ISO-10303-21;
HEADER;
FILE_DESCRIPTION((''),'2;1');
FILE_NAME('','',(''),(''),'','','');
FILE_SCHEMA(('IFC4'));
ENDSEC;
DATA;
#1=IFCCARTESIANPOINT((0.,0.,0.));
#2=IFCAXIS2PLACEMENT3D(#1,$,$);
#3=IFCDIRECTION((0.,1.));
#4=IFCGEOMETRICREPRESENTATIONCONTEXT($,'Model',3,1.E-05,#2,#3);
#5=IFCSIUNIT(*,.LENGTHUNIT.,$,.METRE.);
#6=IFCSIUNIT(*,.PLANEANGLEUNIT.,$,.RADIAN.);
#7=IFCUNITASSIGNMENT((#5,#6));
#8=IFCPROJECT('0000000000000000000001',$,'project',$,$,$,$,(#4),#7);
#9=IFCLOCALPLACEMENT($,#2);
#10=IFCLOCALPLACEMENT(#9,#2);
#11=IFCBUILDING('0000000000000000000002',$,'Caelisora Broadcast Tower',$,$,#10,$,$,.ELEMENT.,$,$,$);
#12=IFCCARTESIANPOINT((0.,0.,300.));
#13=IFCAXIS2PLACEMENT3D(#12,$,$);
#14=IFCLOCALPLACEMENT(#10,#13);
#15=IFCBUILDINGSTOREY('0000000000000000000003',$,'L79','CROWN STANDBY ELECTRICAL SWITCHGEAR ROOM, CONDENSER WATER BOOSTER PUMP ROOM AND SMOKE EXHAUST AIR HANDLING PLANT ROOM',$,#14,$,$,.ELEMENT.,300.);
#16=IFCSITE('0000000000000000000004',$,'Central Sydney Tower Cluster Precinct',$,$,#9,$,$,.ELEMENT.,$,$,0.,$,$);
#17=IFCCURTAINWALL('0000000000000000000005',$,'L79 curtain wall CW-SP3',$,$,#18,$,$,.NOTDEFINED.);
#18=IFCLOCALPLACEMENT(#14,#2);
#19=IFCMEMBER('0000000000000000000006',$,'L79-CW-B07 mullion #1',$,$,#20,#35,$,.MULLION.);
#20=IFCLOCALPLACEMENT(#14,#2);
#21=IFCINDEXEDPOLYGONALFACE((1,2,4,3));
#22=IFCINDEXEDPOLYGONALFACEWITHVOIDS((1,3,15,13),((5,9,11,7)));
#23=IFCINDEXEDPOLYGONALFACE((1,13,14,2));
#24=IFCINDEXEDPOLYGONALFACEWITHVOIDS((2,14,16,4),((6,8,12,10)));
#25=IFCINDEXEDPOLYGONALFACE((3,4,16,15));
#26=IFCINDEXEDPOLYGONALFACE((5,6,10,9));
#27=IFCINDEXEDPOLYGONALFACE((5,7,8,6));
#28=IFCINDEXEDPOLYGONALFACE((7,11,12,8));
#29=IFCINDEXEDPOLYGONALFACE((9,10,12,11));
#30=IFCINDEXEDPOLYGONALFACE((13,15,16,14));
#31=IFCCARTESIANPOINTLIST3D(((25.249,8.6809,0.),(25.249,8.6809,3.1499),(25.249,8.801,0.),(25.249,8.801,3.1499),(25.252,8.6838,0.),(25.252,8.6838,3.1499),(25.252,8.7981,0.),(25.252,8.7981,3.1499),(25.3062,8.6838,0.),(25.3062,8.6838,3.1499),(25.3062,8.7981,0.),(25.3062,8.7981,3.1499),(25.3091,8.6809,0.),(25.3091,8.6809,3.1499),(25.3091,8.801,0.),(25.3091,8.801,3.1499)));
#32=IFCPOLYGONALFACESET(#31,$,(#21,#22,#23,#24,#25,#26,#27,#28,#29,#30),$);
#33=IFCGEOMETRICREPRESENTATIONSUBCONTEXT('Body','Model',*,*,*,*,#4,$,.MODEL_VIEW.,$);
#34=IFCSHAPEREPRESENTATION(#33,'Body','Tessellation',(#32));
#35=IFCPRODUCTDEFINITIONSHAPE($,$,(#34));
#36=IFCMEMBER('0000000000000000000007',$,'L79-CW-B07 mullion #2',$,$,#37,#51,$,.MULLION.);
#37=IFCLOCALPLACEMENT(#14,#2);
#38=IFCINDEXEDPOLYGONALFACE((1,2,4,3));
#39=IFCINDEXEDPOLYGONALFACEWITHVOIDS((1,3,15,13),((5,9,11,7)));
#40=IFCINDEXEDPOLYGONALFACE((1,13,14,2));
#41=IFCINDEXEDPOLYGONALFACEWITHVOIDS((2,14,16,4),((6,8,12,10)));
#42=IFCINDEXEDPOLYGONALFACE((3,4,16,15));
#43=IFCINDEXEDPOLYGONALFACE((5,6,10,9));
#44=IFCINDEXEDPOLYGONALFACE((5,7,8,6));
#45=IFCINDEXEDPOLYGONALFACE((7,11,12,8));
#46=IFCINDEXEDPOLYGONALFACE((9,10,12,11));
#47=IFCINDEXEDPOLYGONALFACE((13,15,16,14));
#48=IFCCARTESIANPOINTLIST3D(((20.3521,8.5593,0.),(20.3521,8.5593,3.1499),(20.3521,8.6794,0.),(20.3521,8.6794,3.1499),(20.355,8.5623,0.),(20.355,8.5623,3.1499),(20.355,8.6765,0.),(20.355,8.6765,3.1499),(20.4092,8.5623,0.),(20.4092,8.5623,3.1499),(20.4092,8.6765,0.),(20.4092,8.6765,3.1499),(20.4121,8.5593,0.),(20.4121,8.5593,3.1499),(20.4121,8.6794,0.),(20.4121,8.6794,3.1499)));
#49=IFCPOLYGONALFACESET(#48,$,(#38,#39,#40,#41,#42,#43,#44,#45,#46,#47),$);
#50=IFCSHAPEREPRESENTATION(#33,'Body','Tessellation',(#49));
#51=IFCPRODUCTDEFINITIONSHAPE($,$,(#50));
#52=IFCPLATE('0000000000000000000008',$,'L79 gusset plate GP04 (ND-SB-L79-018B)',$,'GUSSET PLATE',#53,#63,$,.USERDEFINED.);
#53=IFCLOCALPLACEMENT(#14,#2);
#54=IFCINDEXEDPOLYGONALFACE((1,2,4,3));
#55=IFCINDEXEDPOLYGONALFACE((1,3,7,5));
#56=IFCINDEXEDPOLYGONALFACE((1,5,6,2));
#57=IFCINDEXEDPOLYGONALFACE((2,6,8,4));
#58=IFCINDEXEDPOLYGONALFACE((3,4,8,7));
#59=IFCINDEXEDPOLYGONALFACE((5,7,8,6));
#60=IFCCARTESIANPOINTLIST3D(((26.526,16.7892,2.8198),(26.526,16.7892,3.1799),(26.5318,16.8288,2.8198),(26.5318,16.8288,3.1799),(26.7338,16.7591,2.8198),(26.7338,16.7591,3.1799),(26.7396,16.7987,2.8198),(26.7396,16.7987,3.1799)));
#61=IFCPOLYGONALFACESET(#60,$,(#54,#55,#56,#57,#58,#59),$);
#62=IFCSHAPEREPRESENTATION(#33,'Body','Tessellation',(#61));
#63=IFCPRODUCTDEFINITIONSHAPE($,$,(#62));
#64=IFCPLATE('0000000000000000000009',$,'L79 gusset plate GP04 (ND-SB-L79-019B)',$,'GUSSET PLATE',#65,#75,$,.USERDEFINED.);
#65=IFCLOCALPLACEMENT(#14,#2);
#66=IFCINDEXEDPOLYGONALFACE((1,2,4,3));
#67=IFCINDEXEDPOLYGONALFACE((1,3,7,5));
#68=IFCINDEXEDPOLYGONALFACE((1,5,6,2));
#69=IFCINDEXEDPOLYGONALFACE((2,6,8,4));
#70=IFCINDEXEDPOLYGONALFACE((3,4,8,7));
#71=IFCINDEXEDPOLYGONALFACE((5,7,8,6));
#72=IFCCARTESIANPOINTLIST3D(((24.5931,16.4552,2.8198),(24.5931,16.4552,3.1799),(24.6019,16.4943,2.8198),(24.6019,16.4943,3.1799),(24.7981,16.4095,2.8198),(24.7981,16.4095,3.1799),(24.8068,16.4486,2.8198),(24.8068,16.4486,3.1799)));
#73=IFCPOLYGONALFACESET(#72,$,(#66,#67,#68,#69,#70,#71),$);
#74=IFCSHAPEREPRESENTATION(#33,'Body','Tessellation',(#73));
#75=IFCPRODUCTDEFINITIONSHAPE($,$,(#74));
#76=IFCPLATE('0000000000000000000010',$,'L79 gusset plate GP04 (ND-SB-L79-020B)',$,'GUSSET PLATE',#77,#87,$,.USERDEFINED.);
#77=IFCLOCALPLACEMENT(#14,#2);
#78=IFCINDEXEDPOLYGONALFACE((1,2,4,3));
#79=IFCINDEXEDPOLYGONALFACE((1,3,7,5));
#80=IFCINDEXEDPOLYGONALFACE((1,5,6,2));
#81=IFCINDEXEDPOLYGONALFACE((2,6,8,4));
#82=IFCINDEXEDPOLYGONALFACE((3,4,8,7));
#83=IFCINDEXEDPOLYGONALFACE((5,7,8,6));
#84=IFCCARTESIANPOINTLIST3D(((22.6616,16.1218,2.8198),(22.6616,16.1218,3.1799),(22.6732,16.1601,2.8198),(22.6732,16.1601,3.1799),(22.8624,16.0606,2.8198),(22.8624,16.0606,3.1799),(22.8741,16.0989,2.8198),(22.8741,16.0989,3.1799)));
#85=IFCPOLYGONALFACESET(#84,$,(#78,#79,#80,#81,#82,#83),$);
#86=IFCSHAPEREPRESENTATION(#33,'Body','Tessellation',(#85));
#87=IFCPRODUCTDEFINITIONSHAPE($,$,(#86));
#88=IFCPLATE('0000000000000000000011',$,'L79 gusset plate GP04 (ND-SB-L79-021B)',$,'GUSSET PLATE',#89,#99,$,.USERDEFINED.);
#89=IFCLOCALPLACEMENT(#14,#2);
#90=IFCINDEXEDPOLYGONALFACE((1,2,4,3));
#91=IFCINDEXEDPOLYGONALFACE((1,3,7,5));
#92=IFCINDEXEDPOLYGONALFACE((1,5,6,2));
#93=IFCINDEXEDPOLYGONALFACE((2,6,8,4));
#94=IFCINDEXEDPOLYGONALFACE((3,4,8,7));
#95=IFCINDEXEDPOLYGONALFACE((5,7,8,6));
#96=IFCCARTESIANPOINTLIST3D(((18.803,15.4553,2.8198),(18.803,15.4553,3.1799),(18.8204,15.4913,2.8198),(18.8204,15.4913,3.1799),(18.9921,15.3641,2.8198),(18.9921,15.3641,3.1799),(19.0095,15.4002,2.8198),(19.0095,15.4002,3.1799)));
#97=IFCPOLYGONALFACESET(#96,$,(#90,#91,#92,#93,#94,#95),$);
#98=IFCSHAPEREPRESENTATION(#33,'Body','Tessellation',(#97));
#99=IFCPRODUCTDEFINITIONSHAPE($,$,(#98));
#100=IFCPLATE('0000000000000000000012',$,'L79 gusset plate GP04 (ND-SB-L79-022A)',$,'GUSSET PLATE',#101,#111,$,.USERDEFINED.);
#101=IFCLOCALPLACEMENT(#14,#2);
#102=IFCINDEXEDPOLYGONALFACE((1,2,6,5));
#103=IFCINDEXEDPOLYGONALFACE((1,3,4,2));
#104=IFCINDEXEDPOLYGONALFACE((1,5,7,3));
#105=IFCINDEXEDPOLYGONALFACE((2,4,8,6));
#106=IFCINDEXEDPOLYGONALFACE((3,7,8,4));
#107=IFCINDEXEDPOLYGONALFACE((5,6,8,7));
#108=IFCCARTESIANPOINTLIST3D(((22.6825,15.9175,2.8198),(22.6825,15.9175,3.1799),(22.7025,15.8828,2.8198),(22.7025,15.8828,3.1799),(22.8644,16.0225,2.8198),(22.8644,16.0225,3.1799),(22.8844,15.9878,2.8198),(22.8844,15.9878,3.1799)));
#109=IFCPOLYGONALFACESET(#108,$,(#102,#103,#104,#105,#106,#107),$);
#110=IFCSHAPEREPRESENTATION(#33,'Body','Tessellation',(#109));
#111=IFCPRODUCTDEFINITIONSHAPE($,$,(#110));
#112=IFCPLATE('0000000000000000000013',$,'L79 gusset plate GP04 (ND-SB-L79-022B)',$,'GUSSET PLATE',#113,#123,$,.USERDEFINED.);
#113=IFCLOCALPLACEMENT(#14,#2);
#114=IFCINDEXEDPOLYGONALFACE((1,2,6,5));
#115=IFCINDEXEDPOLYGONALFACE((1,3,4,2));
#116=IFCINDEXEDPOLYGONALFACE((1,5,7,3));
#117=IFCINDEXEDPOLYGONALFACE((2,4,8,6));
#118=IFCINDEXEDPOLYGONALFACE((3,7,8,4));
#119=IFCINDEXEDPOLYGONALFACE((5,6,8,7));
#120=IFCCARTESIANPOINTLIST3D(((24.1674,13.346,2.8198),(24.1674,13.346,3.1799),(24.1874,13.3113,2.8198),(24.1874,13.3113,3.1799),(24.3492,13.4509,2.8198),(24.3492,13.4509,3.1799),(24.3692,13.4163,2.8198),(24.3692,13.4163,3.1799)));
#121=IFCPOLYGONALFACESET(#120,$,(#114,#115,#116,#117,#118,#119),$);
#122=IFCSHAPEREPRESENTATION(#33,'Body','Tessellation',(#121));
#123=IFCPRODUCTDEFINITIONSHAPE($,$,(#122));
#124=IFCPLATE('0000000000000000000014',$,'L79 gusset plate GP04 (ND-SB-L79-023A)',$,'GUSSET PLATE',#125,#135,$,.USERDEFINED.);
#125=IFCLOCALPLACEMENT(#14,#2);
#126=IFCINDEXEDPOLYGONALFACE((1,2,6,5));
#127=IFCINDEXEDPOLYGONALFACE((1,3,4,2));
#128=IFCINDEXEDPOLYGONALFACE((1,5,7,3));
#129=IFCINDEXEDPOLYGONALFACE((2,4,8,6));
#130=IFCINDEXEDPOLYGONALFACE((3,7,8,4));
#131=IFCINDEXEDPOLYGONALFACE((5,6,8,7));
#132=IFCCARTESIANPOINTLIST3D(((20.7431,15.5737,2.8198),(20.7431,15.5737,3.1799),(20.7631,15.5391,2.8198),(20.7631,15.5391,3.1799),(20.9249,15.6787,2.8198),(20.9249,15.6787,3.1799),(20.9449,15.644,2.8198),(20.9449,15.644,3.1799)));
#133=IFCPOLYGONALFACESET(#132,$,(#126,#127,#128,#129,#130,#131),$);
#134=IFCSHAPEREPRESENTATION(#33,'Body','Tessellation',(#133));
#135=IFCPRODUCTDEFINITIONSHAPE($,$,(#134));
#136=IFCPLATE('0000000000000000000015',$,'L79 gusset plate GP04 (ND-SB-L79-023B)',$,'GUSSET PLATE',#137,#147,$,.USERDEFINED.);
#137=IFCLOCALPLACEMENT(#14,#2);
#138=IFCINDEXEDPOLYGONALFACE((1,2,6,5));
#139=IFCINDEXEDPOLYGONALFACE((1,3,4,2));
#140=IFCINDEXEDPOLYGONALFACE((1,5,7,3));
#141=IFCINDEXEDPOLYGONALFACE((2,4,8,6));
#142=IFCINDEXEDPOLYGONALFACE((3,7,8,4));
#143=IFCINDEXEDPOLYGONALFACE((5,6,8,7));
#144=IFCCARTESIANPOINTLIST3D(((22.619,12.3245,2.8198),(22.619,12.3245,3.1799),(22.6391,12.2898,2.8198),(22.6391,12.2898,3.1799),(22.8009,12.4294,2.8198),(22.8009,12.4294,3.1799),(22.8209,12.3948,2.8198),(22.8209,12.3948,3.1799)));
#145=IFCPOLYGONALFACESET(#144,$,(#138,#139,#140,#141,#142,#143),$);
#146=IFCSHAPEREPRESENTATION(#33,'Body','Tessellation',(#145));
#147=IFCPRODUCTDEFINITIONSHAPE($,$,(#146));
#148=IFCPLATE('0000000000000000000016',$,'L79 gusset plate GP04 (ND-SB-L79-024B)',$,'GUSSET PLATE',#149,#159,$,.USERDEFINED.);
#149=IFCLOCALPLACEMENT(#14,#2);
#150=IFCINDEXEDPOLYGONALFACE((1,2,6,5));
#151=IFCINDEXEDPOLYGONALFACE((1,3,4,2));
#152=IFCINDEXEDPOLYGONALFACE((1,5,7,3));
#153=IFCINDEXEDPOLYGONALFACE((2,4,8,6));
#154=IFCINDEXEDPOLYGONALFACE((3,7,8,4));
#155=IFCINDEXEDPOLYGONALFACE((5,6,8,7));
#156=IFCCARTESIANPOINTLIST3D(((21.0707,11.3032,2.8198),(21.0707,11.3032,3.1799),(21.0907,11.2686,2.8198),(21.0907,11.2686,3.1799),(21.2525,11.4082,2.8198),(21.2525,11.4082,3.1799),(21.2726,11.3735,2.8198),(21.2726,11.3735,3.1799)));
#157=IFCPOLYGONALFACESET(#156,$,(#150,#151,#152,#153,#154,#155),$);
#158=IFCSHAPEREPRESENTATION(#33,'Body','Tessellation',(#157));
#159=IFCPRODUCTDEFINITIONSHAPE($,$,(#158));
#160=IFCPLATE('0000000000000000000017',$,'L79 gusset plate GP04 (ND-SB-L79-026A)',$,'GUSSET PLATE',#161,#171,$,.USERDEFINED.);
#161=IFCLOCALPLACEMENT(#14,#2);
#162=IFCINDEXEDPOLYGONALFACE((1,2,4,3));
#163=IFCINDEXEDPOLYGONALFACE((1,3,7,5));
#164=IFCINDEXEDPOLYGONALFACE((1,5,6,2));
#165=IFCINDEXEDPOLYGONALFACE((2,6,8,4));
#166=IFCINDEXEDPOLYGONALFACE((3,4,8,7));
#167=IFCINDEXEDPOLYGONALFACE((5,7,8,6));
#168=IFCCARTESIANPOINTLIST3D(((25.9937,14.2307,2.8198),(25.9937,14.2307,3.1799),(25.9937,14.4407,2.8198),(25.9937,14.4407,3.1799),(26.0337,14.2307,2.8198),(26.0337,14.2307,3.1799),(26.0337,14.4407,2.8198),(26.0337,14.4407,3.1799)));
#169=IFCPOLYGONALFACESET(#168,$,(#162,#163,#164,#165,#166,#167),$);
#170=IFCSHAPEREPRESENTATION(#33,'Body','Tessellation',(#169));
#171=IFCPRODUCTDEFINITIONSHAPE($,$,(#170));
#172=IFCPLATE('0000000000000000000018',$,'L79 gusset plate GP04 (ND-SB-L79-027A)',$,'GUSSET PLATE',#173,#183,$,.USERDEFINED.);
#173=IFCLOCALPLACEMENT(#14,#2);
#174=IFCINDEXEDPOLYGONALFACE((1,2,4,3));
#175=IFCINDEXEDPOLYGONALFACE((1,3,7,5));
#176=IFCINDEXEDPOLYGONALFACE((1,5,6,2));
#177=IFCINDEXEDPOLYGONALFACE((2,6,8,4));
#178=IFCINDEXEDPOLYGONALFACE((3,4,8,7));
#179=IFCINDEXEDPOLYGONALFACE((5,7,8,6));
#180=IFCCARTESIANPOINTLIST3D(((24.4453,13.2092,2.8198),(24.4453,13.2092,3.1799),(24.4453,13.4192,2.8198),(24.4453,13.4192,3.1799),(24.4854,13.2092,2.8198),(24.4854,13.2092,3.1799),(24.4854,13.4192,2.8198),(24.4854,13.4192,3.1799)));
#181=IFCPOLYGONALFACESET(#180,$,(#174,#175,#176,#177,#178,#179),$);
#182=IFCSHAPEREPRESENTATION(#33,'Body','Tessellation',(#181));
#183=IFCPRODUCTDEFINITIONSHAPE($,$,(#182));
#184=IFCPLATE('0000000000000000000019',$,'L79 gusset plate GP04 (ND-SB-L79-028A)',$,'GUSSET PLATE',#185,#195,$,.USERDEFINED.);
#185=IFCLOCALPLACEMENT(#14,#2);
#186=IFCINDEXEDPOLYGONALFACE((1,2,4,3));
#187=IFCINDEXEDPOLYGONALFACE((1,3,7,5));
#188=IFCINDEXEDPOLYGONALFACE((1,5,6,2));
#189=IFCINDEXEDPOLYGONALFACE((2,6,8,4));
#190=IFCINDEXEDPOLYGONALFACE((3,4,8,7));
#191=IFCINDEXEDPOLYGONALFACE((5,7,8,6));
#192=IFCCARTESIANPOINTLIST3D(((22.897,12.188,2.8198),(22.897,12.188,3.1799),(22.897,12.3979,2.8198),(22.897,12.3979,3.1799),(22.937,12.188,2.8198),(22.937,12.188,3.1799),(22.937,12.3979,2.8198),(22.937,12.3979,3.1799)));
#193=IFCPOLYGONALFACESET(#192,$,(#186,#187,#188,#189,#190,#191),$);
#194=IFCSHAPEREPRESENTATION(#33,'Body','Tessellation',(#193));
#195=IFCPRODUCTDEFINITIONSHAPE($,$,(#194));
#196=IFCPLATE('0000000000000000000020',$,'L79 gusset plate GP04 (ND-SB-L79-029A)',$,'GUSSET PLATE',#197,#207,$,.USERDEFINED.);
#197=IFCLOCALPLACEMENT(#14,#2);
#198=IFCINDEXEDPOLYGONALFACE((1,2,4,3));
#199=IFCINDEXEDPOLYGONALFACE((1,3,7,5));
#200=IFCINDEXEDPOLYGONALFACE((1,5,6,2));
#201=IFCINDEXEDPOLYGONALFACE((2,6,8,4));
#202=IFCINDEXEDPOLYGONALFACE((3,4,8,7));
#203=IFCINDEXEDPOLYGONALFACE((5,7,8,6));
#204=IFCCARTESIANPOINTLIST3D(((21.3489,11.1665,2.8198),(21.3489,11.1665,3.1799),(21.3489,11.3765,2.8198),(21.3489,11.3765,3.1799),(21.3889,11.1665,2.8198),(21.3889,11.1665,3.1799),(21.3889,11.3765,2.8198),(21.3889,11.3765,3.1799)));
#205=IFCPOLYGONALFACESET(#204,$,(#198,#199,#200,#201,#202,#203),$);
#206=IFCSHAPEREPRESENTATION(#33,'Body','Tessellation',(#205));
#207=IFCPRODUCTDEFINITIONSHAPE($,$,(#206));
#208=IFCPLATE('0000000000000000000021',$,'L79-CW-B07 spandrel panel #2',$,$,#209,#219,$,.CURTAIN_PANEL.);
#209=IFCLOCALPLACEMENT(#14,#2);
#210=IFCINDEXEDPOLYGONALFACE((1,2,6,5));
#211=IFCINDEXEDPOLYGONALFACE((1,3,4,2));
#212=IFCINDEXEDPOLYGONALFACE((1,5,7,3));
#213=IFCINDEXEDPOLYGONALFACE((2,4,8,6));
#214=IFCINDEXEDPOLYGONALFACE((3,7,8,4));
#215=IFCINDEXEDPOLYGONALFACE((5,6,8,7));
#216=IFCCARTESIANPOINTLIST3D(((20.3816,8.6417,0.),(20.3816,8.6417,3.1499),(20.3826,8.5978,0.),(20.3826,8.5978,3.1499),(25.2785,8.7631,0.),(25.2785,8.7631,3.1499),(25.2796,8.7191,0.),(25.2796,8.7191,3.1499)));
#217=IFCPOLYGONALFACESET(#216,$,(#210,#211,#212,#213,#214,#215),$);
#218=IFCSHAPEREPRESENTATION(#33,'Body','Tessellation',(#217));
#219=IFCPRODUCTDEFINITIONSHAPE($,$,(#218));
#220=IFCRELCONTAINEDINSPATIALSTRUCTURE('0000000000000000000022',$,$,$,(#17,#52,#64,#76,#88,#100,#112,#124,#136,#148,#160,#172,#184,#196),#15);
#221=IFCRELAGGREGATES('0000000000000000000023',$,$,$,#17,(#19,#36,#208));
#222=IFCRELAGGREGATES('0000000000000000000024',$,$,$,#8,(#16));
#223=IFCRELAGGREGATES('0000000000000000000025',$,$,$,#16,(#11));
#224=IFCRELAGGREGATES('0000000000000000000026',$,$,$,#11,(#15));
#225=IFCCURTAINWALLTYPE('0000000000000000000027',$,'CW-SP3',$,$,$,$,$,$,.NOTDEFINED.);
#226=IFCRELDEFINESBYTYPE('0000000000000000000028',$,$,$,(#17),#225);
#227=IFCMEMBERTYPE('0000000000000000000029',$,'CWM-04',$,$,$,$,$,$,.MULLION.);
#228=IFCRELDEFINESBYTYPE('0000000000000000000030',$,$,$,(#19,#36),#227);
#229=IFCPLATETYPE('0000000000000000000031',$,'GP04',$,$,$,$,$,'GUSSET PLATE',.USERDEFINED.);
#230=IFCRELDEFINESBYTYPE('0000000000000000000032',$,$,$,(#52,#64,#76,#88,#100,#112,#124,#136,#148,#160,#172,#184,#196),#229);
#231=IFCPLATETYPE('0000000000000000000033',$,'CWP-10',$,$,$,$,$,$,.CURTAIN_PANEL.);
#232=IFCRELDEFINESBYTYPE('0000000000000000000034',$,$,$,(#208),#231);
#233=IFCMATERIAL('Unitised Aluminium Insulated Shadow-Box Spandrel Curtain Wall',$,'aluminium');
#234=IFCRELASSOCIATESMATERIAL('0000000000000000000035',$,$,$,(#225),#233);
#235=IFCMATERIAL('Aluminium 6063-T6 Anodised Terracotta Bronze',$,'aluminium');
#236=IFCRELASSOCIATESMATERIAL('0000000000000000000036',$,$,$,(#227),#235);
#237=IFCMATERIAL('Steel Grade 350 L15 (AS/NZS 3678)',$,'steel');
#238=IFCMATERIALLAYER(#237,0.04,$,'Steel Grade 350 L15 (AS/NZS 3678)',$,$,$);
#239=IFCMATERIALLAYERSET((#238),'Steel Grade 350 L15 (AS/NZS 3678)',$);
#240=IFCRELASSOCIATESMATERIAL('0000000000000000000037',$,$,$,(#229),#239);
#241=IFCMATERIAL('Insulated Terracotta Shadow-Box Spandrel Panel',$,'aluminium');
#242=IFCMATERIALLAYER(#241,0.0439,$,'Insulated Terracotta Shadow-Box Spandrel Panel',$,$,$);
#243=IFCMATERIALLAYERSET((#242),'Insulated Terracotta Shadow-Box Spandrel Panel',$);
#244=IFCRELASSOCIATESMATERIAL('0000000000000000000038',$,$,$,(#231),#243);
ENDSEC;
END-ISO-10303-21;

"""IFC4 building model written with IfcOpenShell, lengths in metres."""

from ifc_helpers import new_model, si_unit, direction, frame, origin, origin_2d, place, context, subcontext, project, spatial, rectangle, hollow_rectangle, extrude, source, transform, mapped, material, layer, layer_set, material_profile, profile_set, type_object, type_shapes, element, aggregate, save


model = new_model("IFC4")

# Units and contexts
model_context = context("Model", 3, precision=1e-05, world=origin(), true_north=direction((0.0, 1.0)))
body_context = subcontext(model_context, "Body", "Model", "MODEL_VIEW")
ifc_project = project(units=[si_unit("LENGTHUNIT", "METRE"), si_unit("PLANEANGLEUNIT", "RADIAN")], contexts=[model_context])

# Site, building, storey
site_placement = place(None, origin())
site = spatial("IfcSite", under=ifc_project, at=site_placement, Name="Central Sydney Tower Cluster Precinct", CompositionType="ELEMENT", RefElevation=0.0)
building_placement = place(site_placement, origin())
building = spatial("IfcBuilding", under=site, at=building_placement, Name="Caelisora Broadcast Tower", CompositionType="ELEMENT")
storey_placement = place(building_placement, frame((0.0, 0.0, 300.0)))
storey = spatial("IfcBuildingStorey", under=building, at=storey_placement, Name="L79", Description="CROWN STANDBY ELECTRICAL SWITCHGEAR ROOM, CONDENSER WATER BOOSTER PUMP ROOM AND SMOKE EXHAUST AIR HANDLING PLANT ROOM", CompositionType="ELEMENT", Elevation=300.0)

# Curtain wall, members
ifc_material_1 = material(Name="Unitised Aluminium Insulated Shadow-Box Spandrel Curtain Wall", Category="aluminium")
curtain_wall_type = type_object("IfcCurtainWallType", Name="CW-SP3", PredefinedType="NOTDEFINED", material=ifc_material_1)
curtain_wall_placement = place(storey_placement, origin())
curtain_wall = element("IfcCurtainWall", 1, at=curtain_wall_placement, inside=storey, type_object=curtain_wall_type, Name="L79 curtain wall CW-SP3", PredefinedType="NOTDEFINED")
ifc_material_2 = material(Name="Aluminium 6063-T6 Anodised Terracotta Bronze", Category="aluminium")
ifc_material_profile_1 = material_profile(ifc_material_2, hollow_rectangle(XDim=0.0601, YDim=0.1201, WallThickness=0.0029, at=origin_2d()), Name="Aluminium 6063-T6 Anodised Terracotta Bronze")
ifc_profile_set_1 = profile_set([ifc_material_profile_1], Name="Aluminium 6063-T6 Anodised Terracotta Bronze")
member_type = type_object("IfcMemberType", Name="CWM-04", PredefinedType="MULLION", material=ifc_profile_set_1)
shared_shape_1 = source(origin(), body_context, "Body", "SweptSolid", [
    extrude(hollow_rectangle(XDim=0.0601, YDim=0.1201, WallThickness=0.0029, at=origin_2d()), origin(), (0.0, 0.0, 1.0), 3.1499),
])
type_shapes(member_type, [shared_shape_1])
member_1_placement = place(storey_placement, frame((25.2791, 8.741, 0.0), z_axis=(0.0, 0.0, 1.0), x_axis=(1.0, 0.0, 0.0)))
member_1 = element("IfcMember", 2, at=member_1_placement, type_object=member_type, Name="L79-CW-B07 mullion #1", PredefinedType="MULLION", context=body_context, shape_type="MappedRepresentation", body=[
    mapped(shared_shape_1, transform((0.0, 0.0, 0.0), scale=1.0)),
])
member_2_placement = place(storey_placement, frame((20.3821, 8.6194, 0.0), z_axis=(0.0, 0.0, 1.0), x_axis=(1.0, 0.0, 0.0)))
member_2 = element("IfcMember", 3, at=member_2_placement, type_object=member_type, Name="L79-CW-B07 mullion #2", PredefinedType="MULLION", context=body_context, shape_type="MappedRepresentation", body=[
    mapped(shared_shape_1, transform((0.0, 0.0, 0.0), scale=1.0)),
])

# Plates
ifc_material_3 = material(Name="Steel Grade 350 L15 (AS/NZS 3678)", Category="steel")
ifc_layer_1 = layer(ifc_material_3, 0.04, Name="Steel Grade 350 L15 (AS/NZS 3678)")
ifc_layer_set_1 = layer_set([ifc_layer_1], Name="Steel Grade 350 L15 (AS/NZS 3678)")
plate_type_1 = type_object("IfcPlateType", Name="GP04", ElementType="GUSSET PLATE", PredefinedType="USERDEFINED", material=ifc_layer_set_1)
shared_shape_2 = source(origin(), body_context, "Body", "SweptSolid", [
    extrude(rectangle(XDim=0.21, YDim=0.04, at=origin_2d()), origin(), (0.0, 0.0, 1.0), 0.3601),
])
type_shapes(plate_type_1, [shared_shape_2])
for number, where, z_axis, x_axis, name in (
    (4, (26.6328, 16.7939, 2.8198), (0.0, 0.0, 1.0), (0.989626, -0.143665, 0.0), "L79 gusset plate GP04 (ND-SB-L79-018B)"),
    (5, (24.7, 16.4519, 2.8198), (0.0, 0.0, 1.0), (0.975993, -0.217803, 0.0), "L79 gusset plate GP04 (ND-SB-L79-019B)"),
    (6, (22.7678, 16.1104, 2.8198), (0.0, 0.0, 1.0), (0.956509, -0.291704, 0.0), "L79 gusset plate GP04 (ND-SB-L79-020B)"),
    (7, (18.9062, 15.4277, 2.8198), (0.0, 0.0, 1.0), (0.900926, -0.433974, 0.0), "L79 gusset plate GP04 (ND-SB-L79-021B)"),
    (8, (22.7834, 15.9526, 2.8198), (0.0, 0.0, 1.0), (0.866025, 0.5, 0.0), "L79 gusset plate GP04 (ND-SB-L79-022A)"),
    (9, (24.2683, 13.3811, 2.8198), (0.0, 0.0, 1.0), (0.866025, 0.5, 0.0), "L79 gusset plate GP04 (ND-SB-L79-022B)"),
    (10, (20.844, 15.6089, 2.8198), (0.0, 0.0, 1.0), (0.866025, 0.5, 0.0), "L79 gusset plate GP04 (ND-SB-L79-023A)"),
    (11, (22.72, 12.3596, 2.8198), (0.0, 0.0, 1.0), (0.866025, 0.5, 0.0), "L79 gusset plate GP04 (ND-SB-L79-023B)"),
    (12, (21.1716, 11.3384, 2.8198), (0.0, 0.0, 1.0), (0.866025, 0.5, 0.0), "L79 gusset plate GP04 (ND-SB-L79-024B)"),
    (13, (26.0137, 14.3357, 2.8198), (0.0, 0.0, 1.0), (0.0, 1.0, 0.0), "L79 gusset plate GP04 (ND-SB-L79-026A)"),
    (14, (24.4653, 13.3142, 2.8198), (0.0, 0.0, 1.0), (0.0, 1.0, 0.0), "L79 gusset plate GP04 (ND-SB-L79-027A)"),
    (15, (22.917, 12.293, 2.8198), (0.0, 0.0, 1.0), (0.0, 1.0, 0.0), "L79 gusset plate GP04 (ND-SB-L79-028A)"),
    (16, (21.3689, 11.2715, 2.8198), (0.0, 0.0, 1.0), (0.0, 1.0, 0.0), "L79 gusset plate GP04 (ND-SB-L79-029A)"),
):
    element("IfcPlate", number, at=place(storey_placement, frame(where, z_axis=z_axis, x_axis=x_axis)), inside=storey, type_object=plate_type_1, Name=name, ObjectType="GUSSET PLATE", PredefinedType="USERDEFINED", context=body_context, shape_type="MappedRepresentation", body=[
        mapped(shared_shape_2, transform((0.0, 0.0, 0.0), scale=1.0)),
    ])

# Plate
ifc_material_4 = material(Name="Insulated Terracotta Shadow-Box Spandrel Panel", Category="aluminium")
ifc_layer_2 = layer(ifc_material_4, 0.0439, Name="Insulated Terracotta Shadow-Box Spandrel Panel")
ifc_layer_set_2 = layer_set([ifc_layer_2], Name="Insulated Terracotta Shadow-Box Spandrel Panel")
plate_type_2 = type_object("IfcPlateType", Name="CWP-10", PredefinedType="CURTAIN_PANEL", material=ifc_layer_set_2)
shared_shape_3 = source(origin(), body_context, "Body", "SweptSolid", [
    extrude(rectangle(XDim=4.8984, YDim=0.0439, at=origin_2d()), origin(), (0.0, 0.0, 1.0), 3.1499),
])
type_shapes(plate_type_2, [shared_shape_3])
plate_placement = place(storey_placement, frame((22.8306, 8.6804, 0.0), z_axis=(0.0, 0.0, 1.0), x_axis=(-0.999693, -0.024781, 0.0)))
plate = element("IfcPlate", 17, at=plate_placement, type_object=plate_type_2, Name="L79-CW-B07 spandrel panel #2", PredefinedType="CURTAIN_PANEL", context=body_context, shape_type="MappedRepresentation", body=[
    mapped(shared_shape_3, transform((0.0, 0.0, 0.0), scale=1.0)),
])
aggregate(curtain_wall, [member_1, member_2, plate])

save(model, "model.ifc")
